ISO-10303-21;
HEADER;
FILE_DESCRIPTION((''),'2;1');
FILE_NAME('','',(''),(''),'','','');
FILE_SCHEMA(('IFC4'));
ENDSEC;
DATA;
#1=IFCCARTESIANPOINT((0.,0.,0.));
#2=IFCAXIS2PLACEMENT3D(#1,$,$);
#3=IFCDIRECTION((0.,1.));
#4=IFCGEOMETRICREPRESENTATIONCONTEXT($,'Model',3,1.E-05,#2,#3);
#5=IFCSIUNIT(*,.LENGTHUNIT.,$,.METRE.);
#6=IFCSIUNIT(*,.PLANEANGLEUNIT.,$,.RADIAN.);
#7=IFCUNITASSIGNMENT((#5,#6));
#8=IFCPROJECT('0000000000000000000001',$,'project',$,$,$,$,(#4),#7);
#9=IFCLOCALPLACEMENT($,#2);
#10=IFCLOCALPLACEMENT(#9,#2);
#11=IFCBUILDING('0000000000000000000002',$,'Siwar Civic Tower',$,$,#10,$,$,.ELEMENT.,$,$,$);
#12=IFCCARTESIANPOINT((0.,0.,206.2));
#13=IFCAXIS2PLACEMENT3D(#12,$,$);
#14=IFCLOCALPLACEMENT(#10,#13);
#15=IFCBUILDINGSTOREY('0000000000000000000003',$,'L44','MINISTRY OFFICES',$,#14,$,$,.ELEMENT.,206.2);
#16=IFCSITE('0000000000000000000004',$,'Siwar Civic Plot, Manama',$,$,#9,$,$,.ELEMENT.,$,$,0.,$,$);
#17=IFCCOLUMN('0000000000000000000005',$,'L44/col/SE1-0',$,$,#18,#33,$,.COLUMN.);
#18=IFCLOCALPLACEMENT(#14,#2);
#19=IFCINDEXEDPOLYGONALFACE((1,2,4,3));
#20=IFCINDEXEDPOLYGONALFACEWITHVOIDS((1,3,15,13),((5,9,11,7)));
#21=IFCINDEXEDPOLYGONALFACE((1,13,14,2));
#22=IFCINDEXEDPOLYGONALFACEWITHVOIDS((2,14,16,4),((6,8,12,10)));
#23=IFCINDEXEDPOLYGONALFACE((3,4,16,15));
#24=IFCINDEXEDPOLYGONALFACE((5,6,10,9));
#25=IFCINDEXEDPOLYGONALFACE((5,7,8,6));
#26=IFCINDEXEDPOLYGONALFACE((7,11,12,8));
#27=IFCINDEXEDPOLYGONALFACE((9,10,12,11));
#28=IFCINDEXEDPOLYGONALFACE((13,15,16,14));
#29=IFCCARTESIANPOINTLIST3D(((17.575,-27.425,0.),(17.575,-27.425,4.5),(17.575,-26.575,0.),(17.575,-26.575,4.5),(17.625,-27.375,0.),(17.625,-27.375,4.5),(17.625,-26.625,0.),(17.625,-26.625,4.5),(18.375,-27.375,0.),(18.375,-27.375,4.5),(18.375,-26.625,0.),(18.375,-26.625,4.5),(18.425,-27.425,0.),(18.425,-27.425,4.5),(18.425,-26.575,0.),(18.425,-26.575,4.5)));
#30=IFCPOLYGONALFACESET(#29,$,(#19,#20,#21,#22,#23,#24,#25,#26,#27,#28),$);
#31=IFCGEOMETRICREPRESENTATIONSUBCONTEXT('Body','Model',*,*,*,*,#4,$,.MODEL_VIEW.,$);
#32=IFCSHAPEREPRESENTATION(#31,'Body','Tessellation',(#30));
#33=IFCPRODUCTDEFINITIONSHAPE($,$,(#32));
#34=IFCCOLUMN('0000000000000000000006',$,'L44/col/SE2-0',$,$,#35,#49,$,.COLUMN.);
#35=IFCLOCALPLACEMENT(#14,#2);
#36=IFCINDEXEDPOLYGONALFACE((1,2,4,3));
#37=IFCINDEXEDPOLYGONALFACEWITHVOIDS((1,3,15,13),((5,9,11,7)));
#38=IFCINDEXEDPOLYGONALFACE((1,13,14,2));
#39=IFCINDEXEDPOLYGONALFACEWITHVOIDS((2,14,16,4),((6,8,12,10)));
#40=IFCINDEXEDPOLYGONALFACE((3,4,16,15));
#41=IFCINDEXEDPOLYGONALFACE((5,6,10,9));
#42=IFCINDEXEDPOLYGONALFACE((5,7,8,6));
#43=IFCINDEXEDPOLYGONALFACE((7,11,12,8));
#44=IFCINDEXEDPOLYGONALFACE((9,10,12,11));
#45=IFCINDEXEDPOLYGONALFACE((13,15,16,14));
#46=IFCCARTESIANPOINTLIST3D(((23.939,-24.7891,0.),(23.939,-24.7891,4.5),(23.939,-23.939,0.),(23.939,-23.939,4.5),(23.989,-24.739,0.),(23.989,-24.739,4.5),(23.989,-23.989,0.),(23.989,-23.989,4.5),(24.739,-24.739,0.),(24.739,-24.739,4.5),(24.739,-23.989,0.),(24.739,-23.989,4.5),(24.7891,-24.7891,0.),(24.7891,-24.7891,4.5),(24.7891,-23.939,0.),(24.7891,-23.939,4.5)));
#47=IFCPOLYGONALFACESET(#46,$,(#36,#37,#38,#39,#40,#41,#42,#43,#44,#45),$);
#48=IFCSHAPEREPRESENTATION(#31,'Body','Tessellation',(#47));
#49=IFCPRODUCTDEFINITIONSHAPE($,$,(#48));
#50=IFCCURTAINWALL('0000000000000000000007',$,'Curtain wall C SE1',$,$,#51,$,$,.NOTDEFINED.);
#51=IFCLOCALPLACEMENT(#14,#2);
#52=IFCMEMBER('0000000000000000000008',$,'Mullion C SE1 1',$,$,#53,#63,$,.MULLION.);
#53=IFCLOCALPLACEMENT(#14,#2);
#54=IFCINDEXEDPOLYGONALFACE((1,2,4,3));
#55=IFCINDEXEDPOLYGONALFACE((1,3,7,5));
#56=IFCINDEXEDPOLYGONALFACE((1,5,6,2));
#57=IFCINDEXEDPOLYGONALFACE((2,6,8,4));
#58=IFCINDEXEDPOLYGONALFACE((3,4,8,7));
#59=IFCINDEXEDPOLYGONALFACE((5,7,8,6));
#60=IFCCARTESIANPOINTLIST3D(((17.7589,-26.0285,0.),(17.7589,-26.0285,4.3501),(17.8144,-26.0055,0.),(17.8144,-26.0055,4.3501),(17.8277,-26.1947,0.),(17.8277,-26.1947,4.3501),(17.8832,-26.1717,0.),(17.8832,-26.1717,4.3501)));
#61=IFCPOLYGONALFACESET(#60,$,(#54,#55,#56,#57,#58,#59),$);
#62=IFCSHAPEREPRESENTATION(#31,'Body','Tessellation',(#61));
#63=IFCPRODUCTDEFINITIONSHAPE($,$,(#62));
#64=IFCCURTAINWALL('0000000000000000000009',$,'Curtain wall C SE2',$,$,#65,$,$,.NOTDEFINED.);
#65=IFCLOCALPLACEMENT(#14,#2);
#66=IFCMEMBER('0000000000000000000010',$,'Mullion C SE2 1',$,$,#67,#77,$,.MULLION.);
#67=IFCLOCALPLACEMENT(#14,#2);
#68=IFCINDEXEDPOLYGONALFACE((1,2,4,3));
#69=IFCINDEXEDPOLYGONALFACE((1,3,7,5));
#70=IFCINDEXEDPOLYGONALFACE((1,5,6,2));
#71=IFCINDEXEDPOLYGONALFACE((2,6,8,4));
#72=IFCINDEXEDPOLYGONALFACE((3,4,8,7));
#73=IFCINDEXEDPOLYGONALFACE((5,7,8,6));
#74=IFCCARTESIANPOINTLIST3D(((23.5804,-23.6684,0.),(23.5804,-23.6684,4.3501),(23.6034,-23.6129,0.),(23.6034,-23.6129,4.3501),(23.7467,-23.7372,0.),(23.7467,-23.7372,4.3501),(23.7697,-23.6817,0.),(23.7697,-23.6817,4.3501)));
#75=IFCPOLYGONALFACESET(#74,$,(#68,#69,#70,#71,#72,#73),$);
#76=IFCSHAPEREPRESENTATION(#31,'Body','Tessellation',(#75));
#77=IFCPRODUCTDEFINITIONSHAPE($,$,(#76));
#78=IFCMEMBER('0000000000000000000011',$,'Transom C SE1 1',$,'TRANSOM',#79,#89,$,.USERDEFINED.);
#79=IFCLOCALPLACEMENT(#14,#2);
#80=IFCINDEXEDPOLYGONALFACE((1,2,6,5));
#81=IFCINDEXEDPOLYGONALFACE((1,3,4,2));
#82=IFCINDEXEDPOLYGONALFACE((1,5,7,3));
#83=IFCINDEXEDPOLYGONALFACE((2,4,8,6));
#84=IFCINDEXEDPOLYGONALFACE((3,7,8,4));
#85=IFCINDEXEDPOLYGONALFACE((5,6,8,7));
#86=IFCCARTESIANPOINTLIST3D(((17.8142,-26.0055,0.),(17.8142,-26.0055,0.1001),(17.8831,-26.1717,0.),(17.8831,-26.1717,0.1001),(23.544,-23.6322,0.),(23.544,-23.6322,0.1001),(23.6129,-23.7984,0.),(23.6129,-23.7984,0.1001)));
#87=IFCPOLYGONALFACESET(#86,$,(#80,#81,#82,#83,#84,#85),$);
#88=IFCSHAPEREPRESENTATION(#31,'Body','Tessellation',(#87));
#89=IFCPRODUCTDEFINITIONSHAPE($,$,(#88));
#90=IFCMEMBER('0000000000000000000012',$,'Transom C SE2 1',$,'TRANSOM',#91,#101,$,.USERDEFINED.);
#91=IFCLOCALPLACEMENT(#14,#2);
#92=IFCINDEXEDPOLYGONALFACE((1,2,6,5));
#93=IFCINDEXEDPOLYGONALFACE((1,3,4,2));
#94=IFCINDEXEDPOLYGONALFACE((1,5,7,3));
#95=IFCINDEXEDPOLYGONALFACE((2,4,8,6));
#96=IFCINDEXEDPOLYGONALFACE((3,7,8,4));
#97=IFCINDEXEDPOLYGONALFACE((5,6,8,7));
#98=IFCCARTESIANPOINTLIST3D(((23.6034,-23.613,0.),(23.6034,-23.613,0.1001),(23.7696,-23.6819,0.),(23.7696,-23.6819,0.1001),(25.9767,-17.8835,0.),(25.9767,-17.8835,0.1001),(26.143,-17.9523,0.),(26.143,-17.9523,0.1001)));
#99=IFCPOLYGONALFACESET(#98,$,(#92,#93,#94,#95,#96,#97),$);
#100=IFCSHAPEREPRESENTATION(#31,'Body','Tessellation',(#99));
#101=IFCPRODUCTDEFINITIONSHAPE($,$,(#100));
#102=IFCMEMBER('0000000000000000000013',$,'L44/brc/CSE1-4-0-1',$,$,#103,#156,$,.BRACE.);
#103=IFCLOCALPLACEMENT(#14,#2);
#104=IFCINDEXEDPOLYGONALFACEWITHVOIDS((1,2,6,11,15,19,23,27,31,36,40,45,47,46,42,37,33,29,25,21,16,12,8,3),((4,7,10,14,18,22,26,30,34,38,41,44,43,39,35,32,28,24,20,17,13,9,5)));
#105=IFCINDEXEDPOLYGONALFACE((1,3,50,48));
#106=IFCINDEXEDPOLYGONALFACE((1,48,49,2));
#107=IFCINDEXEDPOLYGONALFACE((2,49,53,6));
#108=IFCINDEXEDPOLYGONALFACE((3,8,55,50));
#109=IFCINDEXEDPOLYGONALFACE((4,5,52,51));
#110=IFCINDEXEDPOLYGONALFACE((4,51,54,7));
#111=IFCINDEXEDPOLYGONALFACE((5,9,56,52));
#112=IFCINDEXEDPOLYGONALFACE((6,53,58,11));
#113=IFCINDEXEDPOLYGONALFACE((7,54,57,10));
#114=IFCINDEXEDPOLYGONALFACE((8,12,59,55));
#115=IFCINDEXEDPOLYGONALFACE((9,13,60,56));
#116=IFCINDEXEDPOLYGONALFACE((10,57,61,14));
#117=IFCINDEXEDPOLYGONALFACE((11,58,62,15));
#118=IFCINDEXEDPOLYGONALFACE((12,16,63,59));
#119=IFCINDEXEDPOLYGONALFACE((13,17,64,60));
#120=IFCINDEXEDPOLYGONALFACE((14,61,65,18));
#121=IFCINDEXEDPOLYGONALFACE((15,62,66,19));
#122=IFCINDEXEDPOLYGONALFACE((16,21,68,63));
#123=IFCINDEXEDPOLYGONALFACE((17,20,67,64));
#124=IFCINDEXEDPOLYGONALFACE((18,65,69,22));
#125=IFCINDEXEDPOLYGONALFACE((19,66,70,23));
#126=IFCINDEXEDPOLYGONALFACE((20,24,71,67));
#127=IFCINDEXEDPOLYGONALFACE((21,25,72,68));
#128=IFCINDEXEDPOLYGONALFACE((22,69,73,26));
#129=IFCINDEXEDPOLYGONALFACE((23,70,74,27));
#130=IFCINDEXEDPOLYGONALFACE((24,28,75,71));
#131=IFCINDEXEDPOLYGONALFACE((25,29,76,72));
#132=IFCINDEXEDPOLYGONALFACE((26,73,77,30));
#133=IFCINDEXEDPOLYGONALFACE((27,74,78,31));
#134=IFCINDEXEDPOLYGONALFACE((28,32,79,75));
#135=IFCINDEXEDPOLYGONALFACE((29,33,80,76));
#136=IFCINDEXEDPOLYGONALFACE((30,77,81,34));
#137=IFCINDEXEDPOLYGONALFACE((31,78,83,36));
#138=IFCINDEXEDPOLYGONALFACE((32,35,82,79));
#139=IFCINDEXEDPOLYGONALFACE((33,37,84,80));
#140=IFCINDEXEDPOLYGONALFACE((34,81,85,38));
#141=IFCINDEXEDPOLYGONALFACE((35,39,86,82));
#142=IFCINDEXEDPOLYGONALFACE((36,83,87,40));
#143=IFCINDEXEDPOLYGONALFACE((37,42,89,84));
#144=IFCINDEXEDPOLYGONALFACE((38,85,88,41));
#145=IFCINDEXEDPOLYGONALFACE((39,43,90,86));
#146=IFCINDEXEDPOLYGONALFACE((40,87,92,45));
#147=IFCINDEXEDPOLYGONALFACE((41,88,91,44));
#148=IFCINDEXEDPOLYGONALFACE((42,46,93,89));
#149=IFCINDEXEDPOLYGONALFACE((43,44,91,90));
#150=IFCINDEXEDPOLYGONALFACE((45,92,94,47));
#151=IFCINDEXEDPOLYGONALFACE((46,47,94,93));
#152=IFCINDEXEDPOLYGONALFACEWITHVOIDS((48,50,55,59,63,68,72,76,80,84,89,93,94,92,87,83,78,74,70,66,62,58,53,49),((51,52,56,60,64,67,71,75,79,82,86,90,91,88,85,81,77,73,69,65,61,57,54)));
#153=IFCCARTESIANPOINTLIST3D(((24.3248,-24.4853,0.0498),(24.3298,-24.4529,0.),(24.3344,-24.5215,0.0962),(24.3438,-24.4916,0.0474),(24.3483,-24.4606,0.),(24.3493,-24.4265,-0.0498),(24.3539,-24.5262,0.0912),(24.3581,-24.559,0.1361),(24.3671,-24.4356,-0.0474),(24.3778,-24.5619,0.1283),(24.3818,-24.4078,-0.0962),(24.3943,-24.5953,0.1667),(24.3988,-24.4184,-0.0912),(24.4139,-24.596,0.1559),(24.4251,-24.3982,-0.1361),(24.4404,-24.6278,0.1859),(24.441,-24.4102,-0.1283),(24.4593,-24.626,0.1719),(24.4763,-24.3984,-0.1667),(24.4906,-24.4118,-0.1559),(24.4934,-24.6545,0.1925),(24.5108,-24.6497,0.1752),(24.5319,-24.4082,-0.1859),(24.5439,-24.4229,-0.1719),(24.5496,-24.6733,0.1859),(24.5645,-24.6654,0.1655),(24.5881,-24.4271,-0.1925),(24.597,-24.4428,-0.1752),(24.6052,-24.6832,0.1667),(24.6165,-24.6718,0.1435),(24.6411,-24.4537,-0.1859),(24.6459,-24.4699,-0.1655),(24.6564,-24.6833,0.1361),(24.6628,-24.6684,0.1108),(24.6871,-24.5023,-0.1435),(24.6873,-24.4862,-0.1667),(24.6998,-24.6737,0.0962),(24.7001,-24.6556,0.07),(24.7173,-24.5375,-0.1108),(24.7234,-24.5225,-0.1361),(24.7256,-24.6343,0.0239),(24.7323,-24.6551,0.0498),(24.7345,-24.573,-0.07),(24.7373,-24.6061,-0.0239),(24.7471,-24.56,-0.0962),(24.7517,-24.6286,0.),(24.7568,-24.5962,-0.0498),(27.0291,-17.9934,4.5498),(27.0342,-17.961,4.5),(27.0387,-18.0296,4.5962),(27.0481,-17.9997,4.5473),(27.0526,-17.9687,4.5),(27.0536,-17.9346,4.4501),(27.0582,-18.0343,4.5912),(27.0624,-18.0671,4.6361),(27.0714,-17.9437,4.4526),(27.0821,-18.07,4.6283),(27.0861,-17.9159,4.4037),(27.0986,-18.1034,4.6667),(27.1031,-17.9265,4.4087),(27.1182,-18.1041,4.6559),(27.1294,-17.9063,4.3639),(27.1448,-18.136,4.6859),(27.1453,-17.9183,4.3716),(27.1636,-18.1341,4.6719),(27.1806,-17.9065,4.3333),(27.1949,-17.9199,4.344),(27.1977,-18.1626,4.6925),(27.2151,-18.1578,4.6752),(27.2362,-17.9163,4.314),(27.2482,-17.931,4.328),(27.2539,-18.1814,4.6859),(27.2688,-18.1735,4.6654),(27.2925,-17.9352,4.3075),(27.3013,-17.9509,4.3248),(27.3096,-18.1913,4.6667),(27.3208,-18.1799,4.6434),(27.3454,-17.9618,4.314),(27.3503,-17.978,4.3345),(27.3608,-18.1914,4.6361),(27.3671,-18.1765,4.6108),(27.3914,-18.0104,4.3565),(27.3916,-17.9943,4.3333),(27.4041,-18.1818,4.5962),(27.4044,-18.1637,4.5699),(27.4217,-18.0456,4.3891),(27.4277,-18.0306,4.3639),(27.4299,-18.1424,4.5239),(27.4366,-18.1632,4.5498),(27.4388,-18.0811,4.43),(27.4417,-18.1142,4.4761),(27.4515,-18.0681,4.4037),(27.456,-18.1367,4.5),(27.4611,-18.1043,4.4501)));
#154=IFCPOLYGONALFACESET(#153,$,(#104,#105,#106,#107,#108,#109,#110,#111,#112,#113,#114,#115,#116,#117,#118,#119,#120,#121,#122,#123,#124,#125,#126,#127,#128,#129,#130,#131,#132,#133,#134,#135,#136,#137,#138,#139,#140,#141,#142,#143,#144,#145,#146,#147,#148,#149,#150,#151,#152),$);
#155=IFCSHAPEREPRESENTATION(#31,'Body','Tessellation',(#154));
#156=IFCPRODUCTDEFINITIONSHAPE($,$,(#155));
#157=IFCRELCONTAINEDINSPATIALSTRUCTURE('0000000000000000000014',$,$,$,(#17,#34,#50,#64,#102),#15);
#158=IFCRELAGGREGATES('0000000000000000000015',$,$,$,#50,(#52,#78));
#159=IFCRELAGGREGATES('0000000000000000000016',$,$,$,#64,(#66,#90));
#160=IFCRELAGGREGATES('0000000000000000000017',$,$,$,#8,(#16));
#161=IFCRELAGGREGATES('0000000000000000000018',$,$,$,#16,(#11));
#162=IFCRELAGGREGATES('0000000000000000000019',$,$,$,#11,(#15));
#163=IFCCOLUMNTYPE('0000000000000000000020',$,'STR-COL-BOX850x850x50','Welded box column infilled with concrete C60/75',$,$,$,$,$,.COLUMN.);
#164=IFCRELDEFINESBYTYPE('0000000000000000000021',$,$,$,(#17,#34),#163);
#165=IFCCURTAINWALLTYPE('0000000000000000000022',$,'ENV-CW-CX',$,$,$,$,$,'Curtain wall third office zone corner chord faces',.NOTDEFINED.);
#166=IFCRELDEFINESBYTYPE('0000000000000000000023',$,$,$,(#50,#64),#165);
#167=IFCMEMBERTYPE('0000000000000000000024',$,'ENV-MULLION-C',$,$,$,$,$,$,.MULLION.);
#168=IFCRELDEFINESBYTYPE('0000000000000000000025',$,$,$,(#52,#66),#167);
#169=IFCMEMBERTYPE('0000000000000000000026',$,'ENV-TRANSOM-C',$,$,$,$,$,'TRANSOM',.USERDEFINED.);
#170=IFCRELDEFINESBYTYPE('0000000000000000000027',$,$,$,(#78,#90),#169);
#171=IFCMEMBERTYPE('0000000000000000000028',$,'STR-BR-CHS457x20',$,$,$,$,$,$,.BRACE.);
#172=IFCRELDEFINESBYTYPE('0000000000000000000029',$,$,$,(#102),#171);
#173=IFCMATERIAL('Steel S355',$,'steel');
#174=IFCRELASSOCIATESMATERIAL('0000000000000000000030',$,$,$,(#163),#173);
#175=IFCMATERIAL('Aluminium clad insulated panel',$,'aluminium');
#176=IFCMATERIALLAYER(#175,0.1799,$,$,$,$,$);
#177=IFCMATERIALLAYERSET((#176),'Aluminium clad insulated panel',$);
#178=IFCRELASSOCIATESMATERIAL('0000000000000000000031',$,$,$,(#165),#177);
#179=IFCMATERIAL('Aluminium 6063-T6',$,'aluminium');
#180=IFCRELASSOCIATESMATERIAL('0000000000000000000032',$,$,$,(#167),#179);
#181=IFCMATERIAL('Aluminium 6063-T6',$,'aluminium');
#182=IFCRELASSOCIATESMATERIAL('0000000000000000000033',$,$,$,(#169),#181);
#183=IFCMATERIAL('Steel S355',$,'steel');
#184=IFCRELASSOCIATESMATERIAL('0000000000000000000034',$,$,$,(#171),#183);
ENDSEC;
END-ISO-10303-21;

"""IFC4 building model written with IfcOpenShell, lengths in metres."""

from ifc_helpers import new_model, si_unit, direction, frame, origin, origin_2d, place, context, subcontext, project, spatial, rectangle, hollow_rectangle, hollow_circle, extrude, material, layer, layer_set, material_profile, profile_set, type_object, element, aggregate, save


model = new_model("IFC4")

# Units and contexts
model_context = context("Model", 3, precision=1e-05, world=origin(), true_north=direction((0.0, 1.0)))
body_context = subcontext(model_context, "Body", "Model", "MODEL_VIEW")
ifc_project = project(units=[si_unit("LENGTHUNIT", "METRE"), si_unit("PLANEANGLEUNIT", "RADIAN")], contexts=[model_context])

# Site, building, storey
site_placement = place(None, origin())
site = spatial("IfcSite", under=ifc_project, at=site_placement, Name="Siwar Civic Plot, Manama", CompositionType="ELEMENT", RefElevation=0.0)
building_placement = place(site_placement, origin())
building = spatial("IfcBuilding", under=site, at=building_placement, Name="Siwar Civic Tower", CompositionType="ELEMENT")
storey_placement = place(building_placement, frame((0.0, 0.0, 206.2)))
storey = spatial("IfcBuildingStorey", under=building, at=storey_placement, Name="L44", Description="MINISTRY OFFICES", CompositionType="ELEMENT", Elevation=206.2)

# Columns
ifc_material_1 = material(Name="Steel S355", Category="steel")
ifc_material_profile_1 = material_profile(ifc_material_1, hollow_rectangle(XDim=0.8501, YDim=0.8501, WallThickness=0.05, at=origin_2d()), Name="BOX850x850x50")
ifc_profile_set_1 = profile_set([ifc_material_profile_1], Name="Steel S355")
column_type = type_object("IfcColumnType", Name="STR-COL-BOX850x850x50", Description="Welded box column infilled with concrete C60/75", PredefinedType="COLUMN", material=ifc_profile_set_1)
for number, where, z_axis, x_axis, name in (
    (1, (18.0, -27.0, 0.0), (0.0, 0.0, 1.0), (1.0, 0.0, 0.0), "L44/col/SE1-0"),
    (2, (24.364, -24.364, 0.0), (0.0, 0.0, 1.0), (1.0, 0.0, 0.0), "L44/col/SE2-0"),
):
    element("IfcColumn", number, at=place(storey_placement, frame(where, z_axis=z_axis, x_axis=x_axis)), inside=storey, type_object=column_type, Name=name, PredefinedType="COLUMN", context=body_context, shape_type="SweptSolid", body=[
        extrude(hollow_rectangle(XDim=0.8501, YDim=0.8501, WallThickness=0.05, at=origin_2d()), origin(), (0.0, 0.0, 1.0), 4.5),
    ])

# Curtain walls, members
ifc_material_2 = material(Name="Aluminium clad insulated panel", Category="aluminium")
ifc_layer_1 = layer(ifc_material_2, 0.1799)
ifc_layer_set_1 = layer_set([ifc_layer_1], Name="Aluminium clad insulated panel")
curtain_wall_type = type_object("IfcCurtainWallType", Name="ENV-CW-CX", ElementType="Curtain wall third office zone corner chord faces", PredefinedType="NOTDEFINED", material=ifc_layer_set_1)
curtain_wall_1_placement = place(storey_placement, origin())
curtain_wall_1 = element("IfcCurtainWall", 3, at=curtain_wall_1_placement, inside=storey, type_object=curtain_wall_type, Name="Curtain wall C SE1", PredefinedType="NOTDEFINED")
ifc_material_3 = material(Name="Aluminium 6063-T6", Category="aluminium")
ifc_material_profile_2 = material_profile(ifc_material_3, rectangle(XDim=0.1799, YDim=0.0601, at=origin_2d()), Name="AL 180x60")
ifc_profile_set_2 = profile_set([ifc_material_profile_2], Name="Aluminium 6063-T6")
member_type_1 = type_object("IfcMemberType", Name="ENV-MULLION-C", PredefinedType="MULLION", material=ifc_profile_set_2)
member_1_placement = place(storey_placement, frame((17.821, -26.1001, 0.0), z_axis=(0.0, 0.0, 1.0), x_axis=(-0.382683, 0.92388, 0.0)))
member_1 = element("IfcMember", 4, at=member_1_placement, type_object=member_type_1, Name="Mullion C SE1 1", PredefinedType="MULLION", context=body_context, shape_type="SweptSolid", body=[
    extrude(rectangle(XDim=0.1799, YDim=0.0601, at=origin_2d()), origin(), (0.0, 0.0, 1.0), 4.3501),
])
curtain_wall_2_placement = place(storey_placement, origin())
curtain_wall_2 = element("IfcCurtainWall", 5, at=curtain_wall_2_placement, inside=storey, type_object=curtain_wall_type, Name="Curtain wall C SE2", PredefinedType="NOTDEFINED")
member_2_placement = place(storey_placement, frame((23.675, -23.675, 0.0), z_axis=(0.0, 0.0, 1.0), x_axis=(-0.92388, 0.382683, 0.0)))
member_2 = element("IfcMember", 6, at=member_2_placement, type_object=member_type_1, Name="Mullion C SE2 1", PredefinedType="MULLION", context=body_context, shape_type="SweptSolid", body=[
    extrude(rectangle(XDim=0.1799, YDim=0.0601, at=origin_2d()), origin(), (0.0, 0.0, 1.0), 4.3501),
])

# Members
ifc_material_4 = material(Name="Aluminium 6063-T6", Category="aluminium")
ifc_material_profile_3 = material_profile(ifc_material_4, rectangle(XDim=0.1799, YDim=0.1001, at=origin_2d()), Name="AL 180x100")
ifc_profile_set_3 = profile_set([ifc_material_profile_3], Name="Aluminium 6063-T6")
member_type_2 = type_object("IfcMemberType", Name="ENV-TRANSOM-C", ElementType="TRANSOM", PredefinedType="USERDEFINED", material=ifc_profile_set_3)
member_3_placement = place(storey_placement, frame((17.8486, -26.0886, 0.05), z_axis=(0.923882, 0.382677, 0.0), x_axis=(-0.382677, 0.923882, 0.0)))
member_3 = element("IfcMember", 7, at=member_3_placement, type_object=member_type_2, Name="Transom C SE1 1", ObjectType="TRANSOM", PredefinedType="USERDEFINED", context=body_context, shape_type="SweptSolid", body=[
    extrude(rectangle(XDim=0.1799, YDim=0.1001, at=origin_2d()), origin(), (0.0, 0.0, 1.0), 6.2019),
])
member_4_placement = place(storey_placement, frame((23.6865, -23.6475, 0.05), z_axis=(0.382691, 0.923876, 0.0), x_axis=(-0.923876, 0.382691, 0.0)))
member_4 = element("IfcMember", 8, at=member_4_placement, type_object=member_type_2, Name="Transom C SE2 1", ObjectType="TRANSOM", PredefinedType="USERDEFINED", context=body_context, shape_type="SweptSolid", body=[
    extrude(rectangle(XDim=0.1799, YDim=0.1001, at=origin_2d()), origin(), (0.0, 0.0, 1.0), 6.2017),
])

# Member
ifc_material_5 = material(Name="Steel S355", Category="steel")
ifc_material_profile_4 = material_profile(ifc_material_5, hollow_circle(Radius=0.2285, WallThickness=0.02, at=origin_2d()), Name="CHS457x20")
ifc_profile_set_4 = profile_set([ifc_material_profile_4], Name="Steel S355")
member_type_3 = type_object("IfcMemberType", Name="STR-BR-CHS457x20", PredefinedType="BRACE", material=ifc_profile_set_4)
member_5_placement = place(storey_placement, frame((24.5408, -24.5408, 0.0), z_axis=(0.323906, 0.777555, 0.538975), x_axis=(-0.923109, 0.384539, 0.0)))
element("IfcMember", 9, at=member_5_placement, inside=storey, type_object=member_type_3, Name="L44/brc/CSE1-4-0-1", PredefinedType="BRACE", context=body_context, shape_type="SweptSolid", body=[
    extrude(hollow_circle(Radius=0.2285, WallThickness=0.02, at=origin_2d()), origin(), (0.0, 0.0, 1.0), 8.3491),
])

aggregate(curtain_wall_1, [member_1, member_3])
aggregate(curtain_wall_2, [member_2, member_4])

save(model, "model.ifc")
